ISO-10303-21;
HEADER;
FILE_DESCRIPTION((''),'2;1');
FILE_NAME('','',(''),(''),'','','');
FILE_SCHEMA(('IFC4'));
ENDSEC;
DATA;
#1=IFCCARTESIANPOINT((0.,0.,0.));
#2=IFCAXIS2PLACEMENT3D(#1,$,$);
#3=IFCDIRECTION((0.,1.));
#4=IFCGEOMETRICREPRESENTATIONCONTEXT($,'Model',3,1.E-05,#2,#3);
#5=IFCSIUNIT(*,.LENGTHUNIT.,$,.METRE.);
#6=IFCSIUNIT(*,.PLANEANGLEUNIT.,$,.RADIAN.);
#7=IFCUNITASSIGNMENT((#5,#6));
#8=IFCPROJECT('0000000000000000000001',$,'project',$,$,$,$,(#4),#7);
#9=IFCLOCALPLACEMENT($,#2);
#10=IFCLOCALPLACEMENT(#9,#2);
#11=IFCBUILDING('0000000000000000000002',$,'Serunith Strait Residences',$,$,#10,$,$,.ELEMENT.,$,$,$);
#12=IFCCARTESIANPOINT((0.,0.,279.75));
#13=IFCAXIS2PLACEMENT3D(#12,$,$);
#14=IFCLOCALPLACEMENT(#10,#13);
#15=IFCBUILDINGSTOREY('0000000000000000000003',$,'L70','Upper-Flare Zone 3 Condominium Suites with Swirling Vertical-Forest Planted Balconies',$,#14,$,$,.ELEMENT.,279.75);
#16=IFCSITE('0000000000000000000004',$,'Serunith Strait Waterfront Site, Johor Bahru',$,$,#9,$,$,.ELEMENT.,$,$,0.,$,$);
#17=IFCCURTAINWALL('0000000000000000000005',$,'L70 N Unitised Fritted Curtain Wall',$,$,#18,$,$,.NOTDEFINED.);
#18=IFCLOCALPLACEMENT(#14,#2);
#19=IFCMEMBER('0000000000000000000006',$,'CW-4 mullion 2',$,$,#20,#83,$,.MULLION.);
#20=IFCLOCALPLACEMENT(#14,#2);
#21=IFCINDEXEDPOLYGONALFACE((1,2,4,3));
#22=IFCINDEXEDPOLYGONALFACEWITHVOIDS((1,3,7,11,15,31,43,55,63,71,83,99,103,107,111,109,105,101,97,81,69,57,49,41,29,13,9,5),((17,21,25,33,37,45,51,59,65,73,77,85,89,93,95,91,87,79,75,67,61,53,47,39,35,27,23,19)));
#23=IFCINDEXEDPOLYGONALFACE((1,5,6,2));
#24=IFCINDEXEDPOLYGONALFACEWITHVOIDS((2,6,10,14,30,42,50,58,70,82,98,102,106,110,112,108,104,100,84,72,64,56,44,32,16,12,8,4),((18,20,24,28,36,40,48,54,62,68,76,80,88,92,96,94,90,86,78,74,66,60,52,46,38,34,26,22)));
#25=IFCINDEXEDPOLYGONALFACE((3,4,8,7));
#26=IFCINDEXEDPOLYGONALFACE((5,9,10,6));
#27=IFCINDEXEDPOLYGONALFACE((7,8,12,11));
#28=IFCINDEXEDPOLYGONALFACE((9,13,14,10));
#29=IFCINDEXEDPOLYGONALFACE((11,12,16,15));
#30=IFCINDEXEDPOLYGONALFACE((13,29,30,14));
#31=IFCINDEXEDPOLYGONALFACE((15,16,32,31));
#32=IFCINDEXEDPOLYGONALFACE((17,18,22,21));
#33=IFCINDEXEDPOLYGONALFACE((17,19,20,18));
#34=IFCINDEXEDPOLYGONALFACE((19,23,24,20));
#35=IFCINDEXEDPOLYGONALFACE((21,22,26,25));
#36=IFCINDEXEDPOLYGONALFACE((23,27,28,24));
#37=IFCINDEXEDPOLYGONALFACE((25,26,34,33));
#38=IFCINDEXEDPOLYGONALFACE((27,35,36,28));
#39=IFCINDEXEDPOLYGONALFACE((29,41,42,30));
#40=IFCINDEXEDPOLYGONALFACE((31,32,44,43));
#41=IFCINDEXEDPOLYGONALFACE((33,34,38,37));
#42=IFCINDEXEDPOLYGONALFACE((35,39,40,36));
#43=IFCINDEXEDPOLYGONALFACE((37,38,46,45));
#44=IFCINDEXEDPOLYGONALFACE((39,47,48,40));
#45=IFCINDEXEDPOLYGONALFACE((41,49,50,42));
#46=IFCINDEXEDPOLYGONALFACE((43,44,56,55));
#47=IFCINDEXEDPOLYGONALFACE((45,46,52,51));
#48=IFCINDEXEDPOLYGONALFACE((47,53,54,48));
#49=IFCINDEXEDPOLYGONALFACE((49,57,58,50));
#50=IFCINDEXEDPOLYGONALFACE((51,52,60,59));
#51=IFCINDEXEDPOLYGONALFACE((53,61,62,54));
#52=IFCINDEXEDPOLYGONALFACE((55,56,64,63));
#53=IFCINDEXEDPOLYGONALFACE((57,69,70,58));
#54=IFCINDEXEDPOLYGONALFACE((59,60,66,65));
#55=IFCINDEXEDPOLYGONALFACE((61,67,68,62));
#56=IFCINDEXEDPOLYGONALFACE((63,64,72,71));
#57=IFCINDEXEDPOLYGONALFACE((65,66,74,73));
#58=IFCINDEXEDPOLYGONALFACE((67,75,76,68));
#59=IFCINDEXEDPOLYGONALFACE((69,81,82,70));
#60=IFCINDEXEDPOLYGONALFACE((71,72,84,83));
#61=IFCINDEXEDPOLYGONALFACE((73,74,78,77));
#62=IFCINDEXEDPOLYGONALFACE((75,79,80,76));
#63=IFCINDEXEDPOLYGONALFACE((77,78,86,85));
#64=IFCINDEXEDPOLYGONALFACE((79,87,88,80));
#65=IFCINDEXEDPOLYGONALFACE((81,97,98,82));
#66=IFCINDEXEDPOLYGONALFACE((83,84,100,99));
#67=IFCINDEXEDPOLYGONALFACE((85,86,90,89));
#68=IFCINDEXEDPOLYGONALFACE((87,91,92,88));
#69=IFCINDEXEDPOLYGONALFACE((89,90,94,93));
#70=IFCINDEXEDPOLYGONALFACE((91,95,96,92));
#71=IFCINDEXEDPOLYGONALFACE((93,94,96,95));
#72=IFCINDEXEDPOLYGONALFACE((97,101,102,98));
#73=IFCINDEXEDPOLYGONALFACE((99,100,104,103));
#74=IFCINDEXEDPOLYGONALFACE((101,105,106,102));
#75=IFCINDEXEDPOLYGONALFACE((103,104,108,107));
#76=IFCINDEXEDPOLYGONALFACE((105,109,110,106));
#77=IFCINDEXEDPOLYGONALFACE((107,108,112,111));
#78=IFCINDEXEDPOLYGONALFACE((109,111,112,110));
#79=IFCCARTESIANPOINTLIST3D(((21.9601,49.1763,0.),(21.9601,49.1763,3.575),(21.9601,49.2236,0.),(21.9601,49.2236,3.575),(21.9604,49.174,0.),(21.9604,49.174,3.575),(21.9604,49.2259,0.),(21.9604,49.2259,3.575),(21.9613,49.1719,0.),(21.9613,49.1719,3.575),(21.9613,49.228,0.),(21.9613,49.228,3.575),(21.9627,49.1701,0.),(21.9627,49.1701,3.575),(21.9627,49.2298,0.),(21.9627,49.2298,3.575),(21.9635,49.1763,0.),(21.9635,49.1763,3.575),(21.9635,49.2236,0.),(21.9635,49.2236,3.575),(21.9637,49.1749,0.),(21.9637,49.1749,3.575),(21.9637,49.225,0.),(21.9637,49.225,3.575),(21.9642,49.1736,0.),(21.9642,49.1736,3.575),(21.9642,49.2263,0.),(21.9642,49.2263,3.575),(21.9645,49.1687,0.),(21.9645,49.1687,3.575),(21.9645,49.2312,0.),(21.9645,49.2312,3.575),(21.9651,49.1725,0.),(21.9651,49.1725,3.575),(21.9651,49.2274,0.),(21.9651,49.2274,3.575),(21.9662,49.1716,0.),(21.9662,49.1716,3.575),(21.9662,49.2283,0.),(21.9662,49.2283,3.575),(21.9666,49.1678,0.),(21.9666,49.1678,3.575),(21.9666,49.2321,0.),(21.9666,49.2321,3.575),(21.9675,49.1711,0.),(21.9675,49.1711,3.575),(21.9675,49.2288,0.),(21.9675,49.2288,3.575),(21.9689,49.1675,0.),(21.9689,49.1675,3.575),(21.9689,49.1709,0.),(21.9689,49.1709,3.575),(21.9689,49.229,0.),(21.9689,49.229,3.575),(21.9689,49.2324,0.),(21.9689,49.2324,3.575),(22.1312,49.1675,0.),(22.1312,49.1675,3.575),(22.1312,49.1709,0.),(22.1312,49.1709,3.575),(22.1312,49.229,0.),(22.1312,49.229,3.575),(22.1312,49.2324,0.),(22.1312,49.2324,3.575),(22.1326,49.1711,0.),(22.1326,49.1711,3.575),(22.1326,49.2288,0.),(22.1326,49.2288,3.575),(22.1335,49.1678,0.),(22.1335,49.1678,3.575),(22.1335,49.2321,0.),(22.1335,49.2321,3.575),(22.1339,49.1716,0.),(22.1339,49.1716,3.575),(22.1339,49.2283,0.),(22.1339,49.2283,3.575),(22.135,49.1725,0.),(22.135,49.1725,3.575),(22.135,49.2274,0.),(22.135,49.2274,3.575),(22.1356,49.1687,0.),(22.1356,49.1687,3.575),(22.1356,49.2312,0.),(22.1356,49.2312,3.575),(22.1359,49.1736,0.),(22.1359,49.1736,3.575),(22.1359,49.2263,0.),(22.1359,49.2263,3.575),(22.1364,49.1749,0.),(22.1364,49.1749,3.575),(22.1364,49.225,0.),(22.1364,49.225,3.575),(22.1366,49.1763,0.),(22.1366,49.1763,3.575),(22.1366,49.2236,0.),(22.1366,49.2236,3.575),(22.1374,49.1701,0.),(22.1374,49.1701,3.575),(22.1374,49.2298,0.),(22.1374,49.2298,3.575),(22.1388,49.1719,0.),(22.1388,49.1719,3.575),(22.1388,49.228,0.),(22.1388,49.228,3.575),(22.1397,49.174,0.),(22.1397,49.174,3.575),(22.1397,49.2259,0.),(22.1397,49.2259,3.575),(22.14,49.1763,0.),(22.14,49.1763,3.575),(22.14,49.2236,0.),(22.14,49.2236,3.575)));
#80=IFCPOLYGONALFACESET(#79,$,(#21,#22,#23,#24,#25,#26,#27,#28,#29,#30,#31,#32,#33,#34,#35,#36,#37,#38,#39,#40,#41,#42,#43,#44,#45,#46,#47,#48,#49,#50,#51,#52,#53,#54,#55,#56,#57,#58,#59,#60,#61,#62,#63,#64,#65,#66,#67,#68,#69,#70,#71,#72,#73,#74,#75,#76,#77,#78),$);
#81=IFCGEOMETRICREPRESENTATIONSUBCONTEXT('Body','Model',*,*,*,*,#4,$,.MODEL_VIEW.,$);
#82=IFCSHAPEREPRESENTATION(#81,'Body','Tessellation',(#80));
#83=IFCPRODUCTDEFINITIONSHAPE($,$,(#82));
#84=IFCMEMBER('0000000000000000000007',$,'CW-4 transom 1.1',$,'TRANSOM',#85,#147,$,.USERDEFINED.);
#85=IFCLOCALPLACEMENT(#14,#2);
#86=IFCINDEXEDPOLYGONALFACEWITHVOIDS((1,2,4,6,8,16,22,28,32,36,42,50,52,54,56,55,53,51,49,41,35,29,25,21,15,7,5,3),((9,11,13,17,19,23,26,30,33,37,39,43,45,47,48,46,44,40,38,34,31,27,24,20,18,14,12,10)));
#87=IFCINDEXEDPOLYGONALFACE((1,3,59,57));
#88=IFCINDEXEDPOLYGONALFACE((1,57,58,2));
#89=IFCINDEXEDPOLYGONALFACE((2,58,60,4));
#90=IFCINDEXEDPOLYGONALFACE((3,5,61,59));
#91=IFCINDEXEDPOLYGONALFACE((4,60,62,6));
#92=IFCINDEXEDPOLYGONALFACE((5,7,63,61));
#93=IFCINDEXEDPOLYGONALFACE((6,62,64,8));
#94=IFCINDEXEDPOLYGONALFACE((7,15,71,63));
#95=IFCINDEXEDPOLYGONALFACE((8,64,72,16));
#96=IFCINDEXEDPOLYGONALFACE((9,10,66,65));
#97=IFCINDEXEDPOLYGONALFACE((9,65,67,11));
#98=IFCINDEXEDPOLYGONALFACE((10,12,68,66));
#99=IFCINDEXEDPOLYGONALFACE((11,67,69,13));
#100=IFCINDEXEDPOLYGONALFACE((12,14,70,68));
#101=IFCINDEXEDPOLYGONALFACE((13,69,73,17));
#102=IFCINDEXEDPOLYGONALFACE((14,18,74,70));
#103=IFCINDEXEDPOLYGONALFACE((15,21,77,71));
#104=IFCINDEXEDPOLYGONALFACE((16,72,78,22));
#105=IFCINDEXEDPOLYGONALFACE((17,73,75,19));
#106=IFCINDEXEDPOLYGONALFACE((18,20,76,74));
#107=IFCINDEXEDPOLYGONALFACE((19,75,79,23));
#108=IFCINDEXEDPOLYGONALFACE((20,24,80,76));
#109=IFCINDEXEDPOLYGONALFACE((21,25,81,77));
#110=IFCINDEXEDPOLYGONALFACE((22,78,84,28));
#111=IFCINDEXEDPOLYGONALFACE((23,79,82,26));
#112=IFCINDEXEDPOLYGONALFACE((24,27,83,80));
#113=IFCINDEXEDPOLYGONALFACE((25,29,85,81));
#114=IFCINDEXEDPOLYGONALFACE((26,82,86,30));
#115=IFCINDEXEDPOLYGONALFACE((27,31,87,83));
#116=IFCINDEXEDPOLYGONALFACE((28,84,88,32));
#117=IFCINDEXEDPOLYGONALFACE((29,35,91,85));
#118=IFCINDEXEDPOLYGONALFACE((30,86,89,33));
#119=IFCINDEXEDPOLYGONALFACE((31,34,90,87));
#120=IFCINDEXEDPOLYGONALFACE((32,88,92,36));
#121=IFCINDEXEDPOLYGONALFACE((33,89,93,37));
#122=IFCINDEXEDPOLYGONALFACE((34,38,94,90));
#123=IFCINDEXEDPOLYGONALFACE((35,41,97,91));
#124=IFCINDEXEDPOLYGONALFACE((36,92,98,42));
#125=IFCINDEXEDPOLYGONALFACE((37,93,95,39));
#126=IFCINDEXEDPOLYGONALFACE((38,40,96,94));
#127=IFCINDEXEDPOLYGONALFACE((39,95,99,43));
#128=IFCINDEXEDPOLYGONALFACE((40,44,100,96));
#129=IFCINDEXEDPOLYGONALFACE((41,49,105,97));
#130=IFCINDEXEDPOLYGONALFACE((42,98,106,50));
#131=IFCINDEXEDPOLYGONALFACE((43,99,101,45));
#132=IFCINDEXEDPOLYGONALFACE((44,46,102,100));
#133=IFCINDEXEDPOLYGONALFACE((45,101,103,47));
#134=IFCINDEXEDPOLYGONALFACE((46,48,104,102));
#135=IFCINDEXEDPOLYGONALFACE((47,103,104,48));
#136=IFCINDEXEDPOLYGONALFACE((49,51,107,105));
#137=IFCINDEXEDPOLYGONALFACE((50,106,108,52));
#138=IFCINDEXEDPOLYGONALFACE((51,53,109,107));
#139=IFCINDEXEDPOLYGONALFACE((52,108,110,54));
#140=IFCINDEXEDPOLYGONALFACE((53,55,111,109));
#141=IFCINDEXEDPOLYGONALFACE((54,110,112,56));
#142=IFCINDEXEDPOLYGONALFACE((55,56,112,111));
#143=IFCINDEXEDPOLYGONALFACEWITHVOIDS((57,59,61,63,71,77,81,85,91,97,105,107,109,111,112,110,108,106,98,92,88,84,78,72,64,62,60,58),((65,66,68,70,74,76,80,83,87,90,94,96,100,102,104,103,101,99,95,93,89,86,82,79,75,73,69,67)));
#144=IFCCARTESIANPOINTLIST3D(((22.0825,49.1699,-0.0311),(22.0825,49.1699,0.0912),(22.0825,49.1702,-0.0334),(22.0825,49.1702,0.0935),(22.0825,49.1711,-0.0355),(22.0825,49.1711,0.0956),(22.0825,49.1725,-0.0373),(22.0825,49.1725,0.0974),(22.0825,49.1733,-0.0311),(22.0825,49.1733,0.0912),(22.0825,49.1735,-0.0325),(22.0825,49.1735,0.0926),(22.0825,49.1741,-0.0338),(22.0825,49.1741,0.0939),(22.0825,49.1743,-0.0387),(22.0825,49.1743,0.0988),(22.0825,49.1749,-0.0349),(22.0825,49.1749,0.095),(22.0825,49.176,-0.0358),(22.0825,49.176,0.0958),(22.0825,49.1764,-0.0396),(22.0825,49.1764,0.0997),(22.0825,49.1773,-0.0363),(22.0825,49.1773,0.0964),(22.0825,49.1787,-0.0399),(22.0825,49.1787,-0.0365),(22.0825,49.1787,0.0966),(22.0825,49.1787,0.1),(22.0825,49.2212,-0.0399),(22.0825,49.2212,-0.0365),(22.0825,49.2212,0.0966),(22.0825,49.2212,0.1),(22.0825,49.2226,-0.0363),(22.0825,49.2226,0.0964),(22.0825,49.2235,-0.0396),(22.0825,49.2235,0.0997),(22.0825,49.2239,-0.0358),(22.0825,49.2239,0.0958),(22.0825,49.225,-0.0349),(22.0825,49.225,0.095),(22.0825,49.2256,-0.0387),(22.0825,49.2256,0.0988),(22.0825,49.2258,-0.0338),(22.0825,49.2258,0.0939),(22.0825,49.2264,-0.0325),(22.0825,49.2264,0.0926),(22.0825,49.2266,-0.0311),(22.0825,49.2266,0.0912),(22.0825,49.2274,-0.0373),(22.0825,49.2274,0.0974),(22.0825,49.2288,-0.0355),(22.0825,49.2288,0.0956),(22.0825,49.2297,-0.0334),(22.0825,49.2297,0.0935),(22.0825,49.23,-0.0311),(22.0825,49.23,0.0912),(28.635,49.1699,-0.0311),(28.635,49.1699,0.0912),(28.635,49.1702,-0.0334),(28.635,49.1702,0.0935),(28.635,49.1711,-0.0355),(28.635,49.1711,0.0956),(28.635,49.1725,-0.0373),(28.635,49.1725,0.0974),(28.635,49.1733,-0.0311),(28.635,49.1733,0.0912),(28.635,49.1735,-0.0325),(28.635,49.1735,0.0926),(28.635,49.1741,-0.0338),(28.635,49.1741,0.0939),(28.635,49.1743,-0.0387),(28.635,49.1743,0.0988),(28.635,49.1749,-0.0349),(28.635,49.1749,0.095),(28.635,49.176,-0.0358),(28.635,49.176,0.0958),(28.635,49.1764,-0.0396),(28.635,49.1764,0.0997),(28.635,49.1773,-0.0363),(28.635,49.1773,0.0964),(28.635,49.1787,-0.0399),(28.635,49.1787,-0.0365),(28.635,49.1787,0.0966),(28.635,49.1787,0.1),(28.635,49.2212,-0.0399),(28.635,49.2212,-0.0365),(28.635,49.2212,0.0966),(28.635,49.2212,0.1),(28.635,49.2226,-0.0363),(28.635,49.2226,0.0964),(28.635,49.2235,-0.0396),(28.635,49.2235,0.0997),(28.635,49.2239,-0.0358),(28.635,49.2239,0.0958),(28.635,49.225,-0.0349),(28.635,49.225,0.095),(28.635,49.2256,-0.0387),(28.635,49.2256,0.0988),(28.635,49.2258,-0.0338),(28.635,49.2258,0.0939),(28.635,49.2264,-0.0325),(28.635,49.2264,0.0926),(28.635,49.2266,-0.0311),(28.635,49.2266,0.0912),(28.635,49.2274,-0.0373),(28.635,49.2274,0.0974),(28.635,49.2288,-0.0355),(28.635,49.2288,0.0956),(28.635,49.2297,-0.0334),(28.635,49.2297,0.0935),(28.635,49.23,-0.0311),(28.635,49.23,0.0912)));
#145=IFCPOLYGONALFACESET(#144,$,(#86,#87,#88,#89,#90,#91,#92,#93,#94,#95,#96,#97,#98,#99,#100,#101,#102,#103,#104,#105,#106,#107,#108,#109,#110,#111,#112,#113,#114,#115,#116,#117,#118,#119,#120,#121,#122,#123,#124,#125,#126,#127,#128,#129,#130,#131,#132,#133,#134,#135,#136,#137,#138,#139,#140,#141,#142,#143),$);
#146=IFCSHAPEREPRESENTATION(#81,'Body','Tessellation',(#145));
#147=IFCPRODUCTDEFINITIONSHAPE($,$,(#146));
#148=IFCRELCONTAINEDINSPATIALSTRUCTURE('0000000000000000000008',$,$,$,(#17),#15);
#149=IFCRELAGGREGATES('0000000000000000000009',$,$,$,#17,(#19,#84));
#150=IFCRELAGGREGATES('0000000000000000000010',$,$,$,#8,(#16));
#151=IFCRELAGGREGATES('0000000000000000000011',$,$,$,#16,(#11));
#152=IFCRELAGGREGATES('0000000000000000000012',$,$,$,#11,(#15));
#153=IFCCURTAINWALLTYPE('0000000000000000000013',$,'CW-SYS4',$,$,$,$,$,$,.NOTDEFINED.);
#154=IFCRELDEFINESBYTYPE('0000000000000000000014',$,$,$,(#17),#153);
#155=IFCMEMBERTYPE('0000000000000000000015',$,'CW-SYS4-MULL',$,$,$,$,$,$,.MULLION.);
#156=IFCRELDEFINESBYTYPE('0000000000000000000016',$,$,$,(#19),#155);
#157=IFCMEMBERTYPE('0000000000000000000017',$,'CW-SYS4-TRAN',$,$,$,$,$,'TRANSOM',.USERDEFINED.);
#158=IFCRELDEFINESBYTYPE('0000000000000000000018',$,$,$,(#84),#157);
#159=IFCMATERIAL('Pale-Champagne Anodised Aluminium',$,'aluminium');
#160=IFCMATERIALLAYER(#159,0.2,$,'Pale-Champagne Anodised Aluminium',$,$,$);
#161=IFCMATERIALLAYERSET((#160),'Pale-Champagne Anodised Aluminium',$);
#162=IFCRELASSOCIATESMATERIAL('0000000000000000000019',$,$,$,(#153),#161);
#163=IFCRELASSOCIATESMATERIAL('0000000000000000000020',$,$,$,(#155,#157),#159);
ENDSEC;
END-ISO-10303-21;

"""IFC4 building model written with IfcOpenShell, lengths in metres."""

from ifc_helpers import new_model, si_unit, direction, frame, origin, origin_2d, place, context, subcontext, project, spatial, hollow_rectangle, extrude, source, transform, mapped, material, layer, layer_set, material_profile, profile_set, type_object, element, aggregate, save


model = new_model("IFC4")

# Units and contexts
model_context = context("Model", 3, precision=1e-05, world=origin(), true_north=direction((0.0, 1.0)))
body_context = subcontext(model_context, "Body", "Model", "MODEL_VIEW")
ifc_project = project(units=[si_unit("LENGTHUNIT", "METRE"), si_unit("PLANEANGLEUNIT", "RADIAN")], contexts=[model_context])

# Site, building, storey
site_placement = place(None, origin())
site = spatial("IfcSite", under=ifc_project, at=site_placement, Name="Serunith Strait Waterfront Site, Johor Bahru", CompositionType="ELEMENT", RefElevation=0.0)
building_placement = place(site_placement, origin())
building = spatial("IfcBuilding", under=site, at=building_placement, Name="Serunith Strait Residences", CompositionType="ELEMENT")
storey_placement = place(building_placement, frame((0.0, 0.0, 279.75)))
storey = spatial("IfcBuildingStorey", under=building, at=storey_placement, Name="L70", Description="Upper-Flare Zone 3 Condominium Suites with Swirling Vertical-Forest Planted Balconies", CompositionType="ELEMENT", Elevation=279.75)

# Curtain wall, members
ifc_material_1 = material(Name="Pale-Champagne Anodised Aluminium", Category="aluminium")
ifc_layer_1 = layer(ifc_material_1, 0.2, Name="Pale-Champagne Anodised Aluminium")
ifc_layer_set_1 = layer_set([ifc_layer_1], Name="Pale-Champagne Anodised Aluminium")
curtain_wall_type = type_object("IfcCurtainWallType", Name="CW-SYS4", PredefinedType="NOTDEFINED", material=ifc_layer_set_1)
curtain_wall_placement = place(storey_placement, origin())
curtain_wall = element("IfcCurtainWall", 1, at=curtain_wall_placement, inside=storey, type_object=curtain_wall_type, Name="L70 N Unitised Fritted Curtain Wall", PredefinedType="NOTDEFINED")
ifc_material_profile_1 = material_profile(ifc_material_1, hollow_rectangle(XDim=0.0649, YDim=0.1799, WallThickness=0.0034, InnerFilletRadius=0.0054, OuterFilletRadius=0.0088, at=origin_2d()), Name="ALU 180x65x3.5")
ifc_profile_set_1 = profile_set([ifc_material_profile_1], Name="Pale-Champagne Anodised Aluminium")
member_type_1 = type_object("IfcMemberType", Name="CW-SYS4-MULL", PredefinedType="MULLION", material=ifc_profile_set_1)
shared_shape_1 = source(origin(), body_context, "Body", "SweptSolid", [
    extrude(hollow_rectangle(XDim=0.0649, YDim=0.1799, WallThickness=0.0034, InnerFilletRadius=0.0054, OuterFilletRadius=0.0088, at=origin_2d()), origin(), (0.0, 0.0, 1.0), 3.575),
])
member_1_placement = place(storey_placement, frame((22.05, 49.2, 0.0), z_axis=(0.0, 0.0, 1.0), x_axis=(0.0, -1.0, 0.0)))
member_1 = element("IfcMember", 2, at=member_1_placement, type_object=member_type_1, Name="CW-4 mullion 2", PredefinedType="MULLION", context=body_context, shape_type="MappedRepresentation", body=[
    mapped(shared_shape_1, transform((0.0, 0.0, 0.0), scale=1.0)),
])
ifc_material_profile_2 = material_profile(ifc_material_1, hollow_rectangle(XDim=0.0601, YDim=0.1399, WallThickness=0.0034, InnerFilletRadius=0.0054, OuterFilletRadius=0.0088, at=origin_2d()), Name="ALU 140x60x3.5")
ifc_profile_set_2 = profile_set([ifc_material_profile_2], Name="Pale-Champagne Anodised Aluminium")
member_type_2 = type_object("IfcMemberType", Name="CW-SYS4-TRAN", ElementType="TRANSOM", PredefinedType="USERDEFINED", material=ifc_profile_set_2)
shared_shape_2 = source(origin(), body_context, "Body", "SweptSolid", [
    extrude(hollow_rectangle(XDim=0.0601, YDim=0.1399, WallThickness=0.0034, InnerFilletRadius=0.0054, OuterFilletRadius=0.0088, at=origin_2d()), origin(), (0.0, 0.0, 1.0), 6.5525),
])
member_2_placement = place(storey_placement, frame((28.635, 49.2, 0.03), z_axis=(-1.0, 0.0, 0.0), x_axis=(0.0, -1.0, 0.0)))
member_2 = element("IfcMember", 3, at=member_2_placement, type_object=member_type_2, Name="CW-4 transom 1.1", ObjectType="TRANSOM", PredefinedType="USERDEFINED", context=body_context, shape_type="MappedRepresentation", body=[
    mapped(shared_shape_2, transform((0.0, 0.0, 0.0), scale=1.0)),
])
aggregate(curtain_wall, [member_1, member_2])

save(model, "model.ifc")
